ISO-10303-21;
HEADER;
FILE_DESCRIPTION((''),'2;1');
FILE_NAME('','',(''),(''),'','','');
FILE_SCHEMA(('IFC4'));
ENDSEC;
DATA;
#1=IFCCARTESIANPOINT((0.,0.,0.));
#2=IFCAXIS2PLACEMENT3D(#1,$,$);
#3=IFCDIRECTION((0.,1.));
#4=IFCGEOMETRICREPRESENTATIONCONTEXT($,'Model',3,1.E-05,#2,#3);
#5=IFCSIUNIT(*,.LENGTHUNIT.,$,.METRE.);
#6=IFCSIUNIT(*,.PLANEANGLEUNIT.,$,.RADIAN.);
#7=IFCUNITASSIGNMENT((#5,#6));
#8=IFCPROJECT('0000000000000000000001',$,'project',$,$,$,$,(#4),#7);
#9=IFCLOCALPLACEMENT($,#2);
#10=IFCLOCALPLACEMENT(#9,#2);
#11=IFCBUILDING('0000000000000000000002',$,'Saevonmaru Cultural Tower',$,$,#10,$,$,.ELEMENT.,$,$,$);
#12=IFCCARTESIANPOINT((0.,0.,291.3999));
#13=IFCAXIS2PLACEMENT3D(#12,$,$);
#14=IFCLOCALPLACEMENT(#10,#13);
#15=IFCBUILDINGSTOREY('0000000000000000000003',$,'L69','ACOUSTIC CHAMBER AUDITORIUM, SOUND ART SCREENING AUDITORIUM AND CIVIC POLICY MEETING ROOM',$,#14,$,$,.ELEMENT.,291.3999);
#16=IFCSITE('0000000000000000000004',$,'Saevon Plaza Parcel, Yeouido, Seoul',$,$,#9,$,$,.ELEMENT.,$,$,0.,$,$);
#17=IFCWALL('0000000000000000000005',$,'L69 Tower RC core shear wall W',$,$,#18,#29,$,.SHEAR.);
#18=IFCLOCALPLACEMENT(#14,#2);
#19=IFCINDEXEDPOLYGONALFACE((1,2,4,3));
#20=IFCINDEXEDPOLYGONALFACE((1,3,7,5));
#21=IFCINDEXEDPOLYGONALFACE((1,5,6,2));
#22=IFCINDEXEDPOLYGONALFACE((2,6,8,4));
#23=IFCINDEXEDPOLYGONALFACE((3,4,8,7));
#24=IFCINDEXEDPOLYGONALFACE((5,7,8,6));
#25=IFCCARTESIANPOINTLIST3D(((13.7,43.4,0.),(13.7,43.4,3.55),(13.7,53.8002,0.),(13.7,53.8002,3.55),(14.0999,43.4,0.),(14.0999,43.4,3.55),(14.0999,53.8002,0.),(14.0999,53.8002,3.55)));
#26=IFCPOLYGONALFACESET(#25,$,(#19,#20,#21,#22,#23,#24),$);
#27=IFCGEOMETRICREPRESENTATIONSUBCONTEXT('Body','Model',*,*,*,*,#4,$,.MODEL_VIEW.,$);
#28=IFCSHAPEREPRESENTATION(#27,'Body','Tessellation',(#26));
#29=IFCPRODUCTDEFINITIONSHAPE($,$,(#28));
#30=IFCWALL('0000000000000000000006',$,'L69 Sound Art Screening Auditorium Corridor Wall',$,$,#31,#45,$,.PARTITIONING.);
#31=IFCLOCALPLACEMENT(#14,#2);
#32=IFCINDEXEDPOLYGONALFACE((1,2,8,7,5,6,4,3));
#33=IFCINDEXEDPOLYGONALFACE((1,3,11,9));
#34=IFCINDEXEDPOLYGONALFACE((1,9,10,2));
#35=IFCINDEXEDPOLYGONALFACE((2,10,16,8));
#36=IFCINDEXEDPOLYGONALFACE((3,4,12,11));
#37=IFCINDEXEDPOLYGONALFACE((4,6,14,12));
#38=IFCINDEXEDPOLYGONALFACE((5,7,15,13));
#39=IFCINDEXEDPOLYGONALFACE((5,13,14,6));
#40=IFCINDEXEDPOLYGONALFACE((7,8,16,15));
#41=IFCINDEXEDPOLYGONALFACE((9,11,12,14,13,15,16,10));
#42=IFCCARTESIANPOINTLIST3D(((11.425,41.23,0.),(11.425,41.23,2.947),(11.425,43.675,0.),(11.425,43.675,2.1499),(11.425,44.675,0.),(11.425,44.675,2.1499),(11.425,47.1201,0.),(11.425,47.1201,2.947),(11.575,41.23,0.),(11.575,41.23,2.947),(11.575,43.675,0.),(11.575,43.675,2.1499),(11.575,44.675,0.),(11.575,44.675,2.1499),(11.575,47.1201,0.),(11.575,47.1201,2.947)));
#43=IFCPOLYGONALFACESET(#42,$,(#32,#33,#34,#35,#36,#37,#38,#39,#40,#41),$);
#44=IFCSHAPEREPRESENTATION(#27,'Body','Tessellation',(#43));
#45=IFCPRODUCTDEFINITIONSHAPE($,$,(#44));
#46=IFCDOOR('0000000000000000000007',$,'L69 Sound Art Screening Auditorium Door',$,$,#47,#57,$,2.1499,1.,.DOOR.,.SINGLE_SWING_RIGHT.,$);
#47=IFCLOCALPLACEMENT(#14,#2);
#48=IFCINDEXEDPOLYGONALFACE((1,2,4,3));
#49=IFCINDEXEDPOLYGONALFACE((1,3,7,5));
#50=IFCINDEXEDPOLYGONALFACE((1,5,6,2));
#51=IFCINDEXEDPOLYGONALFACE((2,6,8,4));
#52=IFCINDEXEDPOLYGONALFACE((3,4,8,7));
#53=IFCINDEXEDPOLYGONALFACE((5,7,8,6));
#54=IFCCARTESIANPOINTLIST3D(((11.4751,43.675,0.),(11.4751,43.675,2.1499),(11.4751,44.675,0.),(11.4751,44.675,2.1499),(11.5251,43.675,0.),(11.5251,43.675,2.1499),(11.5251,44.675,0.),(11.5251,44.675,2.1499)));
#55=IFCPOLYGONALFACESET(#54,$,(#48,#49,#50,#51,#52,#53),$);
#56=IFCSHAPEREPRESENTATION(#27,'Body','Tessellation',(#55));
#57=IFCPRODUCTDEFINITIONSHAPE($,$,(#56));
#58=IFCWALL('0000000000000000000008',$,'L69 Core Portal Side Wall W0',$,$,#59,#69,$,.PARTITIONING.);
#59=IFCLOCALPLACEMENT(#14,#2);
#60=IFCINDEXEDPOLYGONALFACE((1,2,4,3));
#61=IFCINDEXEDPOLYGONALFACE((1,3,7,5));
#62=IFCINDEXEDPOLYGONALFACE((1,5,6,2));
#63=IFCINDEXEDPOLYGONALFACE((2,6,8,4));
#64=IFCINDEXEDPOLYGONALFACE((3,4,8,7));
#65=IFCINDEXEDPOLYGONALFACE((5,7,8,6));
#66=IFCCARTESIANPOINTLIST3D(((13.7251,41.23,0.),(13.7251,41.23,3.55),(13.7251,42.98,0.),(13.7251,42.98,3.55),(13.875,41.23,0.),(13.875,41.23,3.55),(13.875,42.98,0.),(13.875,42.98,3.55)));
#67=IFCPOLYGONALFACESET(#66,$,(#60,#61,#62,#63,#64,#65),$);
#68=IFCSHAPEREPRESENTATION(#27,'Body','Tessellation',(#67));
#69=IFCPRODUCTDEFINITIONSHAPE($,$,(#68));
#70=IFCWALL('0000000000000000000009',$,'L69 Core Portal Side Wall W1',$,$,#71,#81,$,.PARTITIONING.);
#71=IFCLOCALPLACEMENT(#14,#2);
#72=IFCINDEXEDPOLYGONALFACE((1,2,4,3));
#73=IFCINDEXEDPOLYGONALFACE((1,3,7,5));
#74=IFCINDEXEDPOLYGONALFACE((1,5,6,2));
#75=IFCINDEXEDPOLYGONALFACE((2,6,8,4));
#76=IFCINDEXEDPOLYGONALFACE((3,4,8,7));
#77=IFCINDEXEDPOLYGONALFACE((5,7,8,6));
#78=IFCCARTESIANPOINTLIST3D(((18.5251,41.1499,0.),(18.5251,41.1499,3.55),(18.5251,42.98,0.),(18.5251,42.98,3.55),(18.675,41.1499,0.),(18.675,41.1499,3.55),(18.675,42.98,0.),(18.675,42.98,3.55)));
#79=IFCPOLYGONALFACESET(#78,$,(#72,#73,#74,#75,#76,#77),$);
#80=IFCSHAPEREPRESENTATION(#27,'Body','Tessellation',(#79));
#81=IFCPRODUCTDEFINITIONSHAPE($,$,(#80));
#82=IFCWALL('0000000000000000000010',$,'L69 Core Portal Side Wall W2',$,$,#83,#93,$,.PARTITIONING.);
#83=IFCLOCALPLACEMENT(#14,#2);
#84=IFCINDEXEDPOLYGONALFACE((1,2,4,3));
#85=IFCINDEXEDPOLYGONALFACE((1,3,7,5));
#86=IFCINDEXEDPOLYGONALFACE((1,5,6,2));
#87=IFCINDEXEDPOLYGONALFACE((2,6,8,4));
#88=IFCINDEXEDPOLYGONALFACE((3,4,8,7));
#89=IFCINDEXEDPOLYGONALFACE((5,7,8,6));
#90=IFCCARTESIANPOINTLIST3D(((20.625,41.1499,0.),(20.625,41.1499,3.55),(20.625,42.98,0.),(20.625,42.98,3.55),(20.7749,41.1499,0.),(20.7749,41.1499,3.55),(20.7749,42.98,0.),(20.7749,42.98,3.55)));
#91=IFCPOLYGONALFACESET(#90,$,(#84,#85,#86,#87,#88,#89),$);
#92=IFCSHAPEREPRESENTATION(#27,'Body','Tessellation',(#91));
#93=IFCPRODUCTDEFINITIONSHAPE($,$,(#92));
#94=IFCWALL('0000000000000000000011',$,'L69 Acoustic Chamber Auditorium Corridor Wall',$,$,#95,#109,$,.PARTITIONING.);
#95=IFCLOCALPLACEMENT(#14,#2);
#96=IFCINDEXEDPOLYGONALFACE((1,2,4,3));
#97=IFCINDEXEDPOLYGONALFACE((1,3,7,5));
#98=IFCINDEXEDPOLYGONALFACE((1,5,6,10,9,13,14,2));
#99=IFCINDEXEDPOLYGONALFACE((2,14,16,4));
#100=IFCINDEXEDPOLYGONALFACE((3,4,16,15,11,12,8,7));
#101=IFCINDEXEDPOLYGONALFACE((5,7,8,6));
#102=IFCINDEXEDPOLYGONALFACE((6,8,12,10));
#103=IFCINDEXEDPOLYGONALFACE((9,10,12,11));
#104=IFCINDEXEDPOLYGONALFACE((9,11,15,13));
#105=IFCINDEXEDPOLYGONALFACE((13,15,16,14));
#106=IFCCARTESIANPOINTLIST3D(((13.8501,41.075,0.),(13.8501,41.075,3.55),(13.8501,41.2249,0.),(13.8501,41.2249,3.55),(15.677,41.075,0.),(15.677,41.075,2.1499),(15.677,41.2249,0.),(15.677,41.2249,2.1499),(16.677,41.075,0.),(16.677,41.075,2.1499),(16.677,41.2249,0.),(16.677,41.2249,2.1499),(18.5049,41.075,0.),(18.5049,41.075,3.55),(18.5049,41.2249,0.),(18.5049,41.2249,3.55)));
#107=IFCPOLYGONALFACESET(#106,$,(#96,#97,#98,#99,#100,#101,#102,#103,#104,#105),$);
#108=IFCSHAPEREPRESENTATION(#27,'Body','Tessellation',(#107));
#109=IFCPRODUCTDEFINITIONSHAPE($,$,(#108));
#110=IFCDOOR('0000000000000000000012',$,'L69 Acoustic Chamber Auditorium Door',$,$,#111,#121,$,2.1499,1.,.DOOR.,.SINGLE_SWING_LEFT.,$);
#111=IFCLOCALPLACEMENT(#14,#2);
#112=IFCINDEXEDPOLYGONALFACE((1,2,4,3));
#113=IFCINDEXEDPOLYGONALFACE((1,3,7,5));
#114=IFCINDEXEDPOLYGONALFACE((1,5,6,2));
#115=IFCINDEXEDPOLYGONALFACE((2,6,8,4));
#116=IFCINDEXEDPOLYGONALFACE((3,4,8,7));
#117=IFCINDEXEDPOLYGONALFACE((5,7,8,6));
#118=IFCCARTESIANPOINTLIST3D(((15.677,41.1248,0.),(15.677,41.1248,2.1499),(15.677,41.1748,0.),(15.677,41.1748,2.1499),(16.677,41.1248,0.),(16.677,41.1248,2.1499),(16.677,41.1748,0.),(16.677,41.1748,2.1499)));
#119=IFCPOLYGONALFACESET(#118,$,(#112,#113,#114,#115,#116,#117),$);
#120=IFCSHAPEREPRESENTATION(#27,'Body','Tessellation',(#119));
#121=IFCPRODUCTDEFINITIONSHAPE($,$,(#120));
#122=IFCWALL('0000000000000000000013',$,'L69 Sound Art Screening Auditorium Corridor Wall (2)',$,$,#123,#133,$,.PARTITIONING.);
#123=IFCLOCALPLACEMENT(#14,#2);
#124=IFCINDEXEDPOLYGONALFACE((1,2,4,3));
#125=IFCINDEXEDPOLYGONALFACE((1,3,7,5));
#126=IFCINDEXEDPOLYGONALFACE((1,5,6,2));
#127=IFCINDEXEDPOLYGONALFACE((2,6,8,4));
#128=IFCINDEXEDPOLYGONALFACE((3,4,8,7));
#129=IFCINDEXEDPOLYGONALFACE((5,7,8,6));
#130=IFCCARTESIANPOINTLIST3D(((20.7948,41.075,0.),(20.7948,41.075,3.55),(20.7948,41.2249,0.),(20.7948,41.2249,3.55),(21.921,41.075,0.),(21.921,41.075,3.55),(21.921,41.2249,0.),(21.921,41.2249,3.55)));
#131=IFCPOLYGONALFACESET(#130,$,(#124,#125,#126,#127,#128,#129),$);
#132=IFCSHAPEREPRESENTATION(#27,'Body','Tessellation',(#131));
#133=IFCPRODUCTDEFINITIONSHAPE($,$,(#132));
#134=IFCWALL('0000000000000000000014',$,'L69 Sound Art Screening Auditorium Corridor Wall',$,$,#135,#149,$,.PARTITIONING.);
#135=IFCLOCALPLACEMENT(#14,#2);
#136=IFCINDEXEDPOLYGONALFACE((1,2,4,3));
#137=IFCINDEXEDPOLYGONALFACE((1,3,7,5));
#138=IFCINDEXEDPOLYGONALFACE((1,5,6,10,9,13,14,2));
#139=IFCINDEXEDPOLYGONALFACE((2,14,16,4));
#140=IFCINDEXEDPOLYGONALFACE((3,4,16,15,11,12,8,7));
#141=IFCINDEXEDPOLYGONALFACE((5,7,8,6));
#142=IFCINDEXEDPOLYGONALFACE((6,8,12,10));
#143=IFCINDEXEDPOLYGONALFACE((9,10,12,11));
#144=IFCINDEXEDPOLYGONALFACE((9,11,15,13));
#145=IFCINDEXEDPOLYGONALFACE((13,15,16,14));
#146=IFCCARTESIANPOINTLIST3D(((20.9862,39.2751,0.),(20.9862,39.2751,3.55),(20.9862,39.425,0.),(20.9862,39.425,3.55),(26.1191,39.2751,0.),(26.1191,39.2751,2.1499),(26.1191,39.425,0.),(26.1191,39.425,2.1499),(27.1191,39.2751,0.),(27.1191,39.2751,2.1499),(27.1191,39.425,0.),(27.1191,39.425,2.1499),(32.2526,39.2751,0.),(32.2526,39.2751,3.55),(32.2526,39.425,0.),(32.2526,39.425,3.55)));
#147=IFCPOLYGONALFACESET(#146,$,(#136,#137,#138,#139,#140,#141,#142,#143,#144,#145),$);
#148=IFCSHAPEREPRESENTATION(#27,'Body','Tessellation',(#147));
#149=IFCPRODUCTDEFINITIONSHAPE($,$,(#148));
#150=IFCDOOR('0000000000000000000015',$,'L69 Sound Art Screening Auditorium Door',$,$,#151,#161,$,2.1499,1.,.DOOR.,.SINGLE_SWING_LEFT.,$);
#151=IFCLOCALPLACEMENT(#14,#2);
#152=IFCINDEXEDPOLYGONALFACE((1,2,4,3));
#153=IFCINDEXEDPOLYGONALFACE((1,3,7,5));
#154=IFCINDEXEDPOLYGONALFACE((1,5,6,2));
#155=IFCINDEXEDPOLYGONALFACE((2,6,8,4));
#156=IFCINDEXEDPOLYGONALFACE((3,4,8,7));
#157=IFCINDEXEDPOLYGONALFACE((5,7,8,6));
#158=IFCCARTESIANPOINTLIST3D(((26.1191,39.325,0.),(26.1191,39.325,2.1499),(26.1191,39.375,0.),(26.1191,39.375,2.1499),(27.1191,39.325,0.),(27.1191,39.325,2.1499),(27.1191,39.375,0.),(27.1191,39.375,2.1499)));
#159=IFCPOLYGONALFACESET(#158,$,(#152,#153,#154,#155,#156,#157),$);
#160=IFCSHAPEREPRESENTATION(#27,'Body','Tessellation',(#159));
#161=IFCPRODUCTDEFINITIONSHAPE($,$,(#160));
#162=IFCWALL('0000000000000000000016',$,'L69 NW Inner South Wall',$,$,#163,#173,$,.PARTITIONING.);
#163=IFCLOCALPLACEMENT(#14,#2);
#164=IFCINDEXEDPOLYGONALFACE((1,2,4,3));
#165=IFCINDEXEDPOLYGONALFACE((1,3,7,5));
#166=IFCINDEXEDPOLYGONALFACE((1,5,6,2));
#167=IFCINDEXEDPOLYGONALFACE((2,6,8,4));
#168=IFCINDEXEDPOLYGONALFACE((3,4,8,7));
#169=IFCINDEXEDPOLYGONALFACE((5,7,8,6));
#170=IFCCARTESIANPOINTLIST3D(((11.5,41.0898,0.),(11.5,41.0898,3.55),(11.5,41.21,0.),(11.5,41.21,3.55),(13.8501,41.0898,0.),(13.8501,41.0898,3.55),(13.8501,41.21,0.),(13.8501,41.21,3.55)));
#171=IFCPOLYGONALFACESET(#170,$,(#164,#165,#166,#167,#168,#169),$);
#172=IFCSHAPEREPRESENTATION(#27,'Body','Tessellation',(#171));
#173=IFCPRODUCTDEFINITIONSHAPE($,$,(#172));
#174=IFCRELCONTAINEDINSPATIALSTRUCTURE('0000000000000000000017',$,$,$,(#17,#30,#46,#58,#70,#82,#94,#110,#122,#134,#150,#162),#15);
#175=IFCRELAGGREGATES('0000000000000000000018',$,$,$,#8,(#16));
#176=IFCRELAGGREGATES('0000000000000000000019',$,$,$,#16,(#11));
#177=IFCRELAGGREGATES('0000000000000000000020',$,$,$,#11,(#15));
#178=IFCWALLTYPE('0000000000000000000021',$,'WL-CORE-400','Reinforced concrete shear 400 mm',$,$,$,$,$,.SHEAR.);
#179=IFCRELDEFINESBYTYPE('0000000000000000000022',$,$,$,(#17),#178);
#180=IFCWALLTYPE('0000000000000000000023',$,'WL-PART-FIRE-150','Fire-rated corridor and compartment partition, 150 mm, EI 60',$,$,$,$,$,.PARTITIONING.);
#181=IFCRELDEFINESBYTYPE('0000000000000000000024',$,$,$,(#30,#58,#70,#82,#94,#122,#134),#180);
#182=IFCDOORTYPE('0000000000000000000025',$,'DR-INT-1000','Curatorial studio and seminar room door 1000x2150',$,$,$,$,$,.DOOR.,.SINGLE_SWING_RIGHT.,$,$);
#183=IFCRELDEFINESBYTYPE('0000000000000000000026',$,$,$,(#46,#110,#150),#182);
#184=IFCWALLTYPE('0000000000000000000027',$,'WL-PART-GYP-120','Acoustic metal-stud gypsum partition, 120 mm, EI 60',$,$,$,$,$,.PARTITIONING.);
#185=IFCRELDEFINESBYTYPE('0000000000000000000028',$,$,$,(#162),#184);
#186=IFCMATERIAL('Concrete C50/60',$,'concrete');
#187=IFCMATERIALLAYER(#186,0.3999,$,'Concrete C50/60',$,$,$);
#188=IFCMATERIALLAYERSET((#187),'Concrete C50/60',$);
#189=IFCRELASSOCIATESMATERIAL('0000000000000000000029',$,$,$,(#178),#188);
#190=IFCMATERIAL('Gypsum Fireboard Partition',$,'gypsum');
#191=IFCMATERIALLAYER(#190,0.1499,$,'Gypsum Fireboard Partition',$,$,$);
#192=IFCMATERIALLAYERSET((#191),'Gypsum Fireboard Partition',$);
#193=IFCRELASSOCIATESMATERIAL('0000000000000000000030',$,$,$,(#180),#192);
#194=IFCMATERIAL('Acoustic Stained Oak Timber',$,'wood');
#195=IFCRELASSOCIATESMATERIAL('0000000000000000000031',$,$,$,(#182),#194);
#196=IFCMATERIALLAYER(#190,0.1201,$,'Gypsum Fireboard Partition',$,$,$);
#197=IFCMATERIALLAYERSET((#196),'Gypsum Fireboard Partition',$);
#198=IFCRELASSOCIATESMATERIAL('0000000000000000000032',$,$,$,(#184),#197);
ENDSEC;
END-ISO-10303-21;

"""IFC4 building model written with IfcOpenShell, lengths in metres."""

from ifc_helpers import new_model, si_unit, direction, frame, frame_2d, origin, place, context, subcontext, project, spatial, rectangle, extrude, material, layer, layer_set, type_object, element, fill, save


model = new_model("IFC4")

# Units and contexts
model_context = context("Model", 3, precision=1e-05, world=origin(), true_north=direction((0.0, 1.0)))
body_context = subcontext(model_context, "Body", "Model", "MODEL_VIEW")
ifc_project = project(units=[si_unit("LENGTHUNIT", "METRE"), si_unit("PLANEANGLEUNIT", "RADIAN")], contexts=[model_context])

# Site, building, storey
site_placement = place(None, origin())
site = spatial("IfcSite", under=ifc_project, at=site_placement, Name="Saevon Plaza Parcel, Yeouido, Seoul", CompositionType="ELEMENT", RefElevation=0.0)
building_placement = place(site_placement, origin())
building = spatial("IfcBuilding", under=site, at=building_placement, Name="Saevonmaru Cultural Tower", CompositionType="ELEMENT")
storey_placement = place(building_placement, frame((0.0, 0.0, 291.3999)))
storey = spatial("IfcBuildingStorey", under=building, at=storey_placement, Name="L69", Description="ACOUSTIC CHAMBER AUDITORIUM, SOUND ART SCREENING AUDITORIUM AND CIVIC POLICY MEETING ROOM", CompositionType="ELEMENT", Elevation=291.3999)

# Shared definitions
ifc_material_1 = material(Name="Concrete C50/60", Category="concrete")
ifc_layer_1 = layer(ifc_material_1, 0.3999, Name="Concrete C50/60")
ifc_layer_set_1 = layer_set([ifc_layer_1], Name="Concrete C50/60")
wall_type_1 = type_object("IfcWallType", Name="WL-CORE-400", Description="Reinforced concrete shear 400 mm", PredefinedType="SHEAR", material=ifc_layer_set_1)

# Wall
wall_1_placement = place(storey_placement, frame((13.8999, 43.3999, 0.0), z_axis=(0.0, 0.0, 1.0), x_axis=(0.0, 1.0, 0.0)))
element("IfcWall", 1, at=wall_1_placement, inside=storey, type_object=wall_type_1, Name="L69 Tower RC core shear wall W", PredefinedType="SHEAR", context=body_context, shape_type="SweptSolid", body=[
    extrude(rectangle(XDim=10.4001, YDim=0.3999, at=frame_2d((5.2002, 0.0))), origin(), (0.0, 0.0, 1.0), 3.55),
])

# Wall, opening, door
ifc_material_2 = material(Name="Gypsum Fireboard Partition", Category="gypsum")
ifc_layer_2 = layer(ifc_material_2, 0.1499, Name="Gypsum Fireboard Partition")
ifc_layer_set_2 = layer_set([ifc_layer_2], Name="Gypsum Fireboard Partition")
wall_type_2 = type_object("IfcWallType", Name="WL-PART-FIRE-150", Description="Fire-rated corridor and compartment partition, 150 mm, EI 60", PredefinedType="PARTITIONING", material=ifc_layer_set_2)
wall_2_placement = place(storey_placement, frame((11.5, 41.23, 0.0), z_axis=(0.0, 0.0, 1.0), x_axis=(0.0, 1.0, 0.0)))
wall_2 = element("IfcWall", 2, at=wall_2_placement, inside=storey, type_object=wall_type_2, Name="L69 Sound Art Screening Auditorium Corridor Wall", PredefinedType="PARTITIONING", context=body_context, shape_type="SweptSolid", body=[
    extrude(rectangle(XDim=5.8901, YDim=0.1499, at=frame_2d((2.9451, 0.0))), origin(), (0.0, 0.0, 1.0), 2.947),
])
opening_1_placement = place(wall_2_placement, frame((2.4451, 0.0, 0.0)))
opening_1 = element("IfcOpeningElement", 3, at=opening_1_placement, cuts=wall_2, PredefinedType="OPENING", context=body_context, shape_type="SweptSolid", body=[
    extrude(rectangle(XDim=1.0, YDim=2.1499, at=frame_2d((0.5, 1.075))), frame((0.0, 0.085, 0.0), z_axis=(0.0, -1.0, 0.0), x_axis=(1.0, 0.0, 0.0)), (0.0, 0.0, 1.0), 0.1699),
])
ifc_material_3 = material(Name="Acoustic Stained Oak Timber", Category="wood")
door_type_1 = type_object("IfcDoorType", Name="DR-INT-1000", Description="Curatorial studio and seminar room door 1000x2150", OperationType="SINGLE_SWING_RIGHT", PredefinedType="DOOR", material=ifc_material_3)
door_1_placement = place(opening_1_placement, origin())
door_1 = element("IfcDoor", 4, at=door_1_placement, inside=storey, type_object=door_type_1, Name="L69 Sound Art Screening Auditorium Door", OperationType="SINGLE_SWING_RIGHT", OverallHeight=2.1499, OverallWidth=1.0, PredefinedType="DOOR", context=body_context, shape_type="SweptSolid", body=[
    extrude(rectangle(XDim=1.0, YDim=2.1499, at=frame_2d((0.5, 1.075))), frame((0.0, 0.0249, 0.0), z_axis=(0.0, -1.0, 0.0), x_axis=(1.0, 0.0, 0.0)), (0.0, 0.0, 1.0), 0.05),
])
fill(opening_1, door_1)

# Walls
wall_3_placement = place(storey_placement, frame((13.8, 41.23, 0.0), z_axis=(0.0, 0.0, 1.0), x_axis=(0.0, 1.0, 0.0)))
element("IfcWall", 5, at=wall_3_placement, inside=storey, type_object=wall_type_2, Name="L69 Core Portal Side Wall W0", PredefinedType="PARTITIONING", context=body_context, shape_type="SweptSolid", body=[
    extrude(rectangle(XDim=1.75, YDim=0.1499, at=frame_2d((0.875, 0.0))), origin(), (0.0, 0.0, 1.0), 3.55),
])
for number, where, z_axis, x_axis, name in (
    (6, (18.6001, 41.1499, 0.0), (0.0, 0.0, 1.0), (0.0, 1.0, 0.0), "L69 Core Portal Side Wall W1"),
    (7, (20.7, 41.1499, 0.0), (0.0, 0.0, 1.0), (0.0, 1.0, 0.0), "L69 Core Portal Side Wall W2"),
):
    element("IfcWall", number, at=place(storey_placement, frame(where, z_axis=z_axis, x_axis=x_axis)), inside=storey, type_object=wall_type_2, Name=name, PredefinedType="PARTITIONING", context=body_context, shape_type="SweptSolid", body=[
        extrude(rectangle(XDim=1.8301, YDim=0.1499, at=frame_2d((0.915, 0.0))), origin(), (0.0, 0.0, 1.0), 3.55),
    ])

# Wall, opening, door
wall_4_placement = place(storey_placement, frame((13.8501, 41.1499, 0.0), z_axis=(0.0, 0.0, 1.0), x_axis=(1.0, 0.0, 0.0)))
wall_4 = element("IfcWall", 8, at=wall_4_placement, inside=storey, type_object=wall_type_2, Name="L69 Acoustic Chamber Auditorium Corridor Wall", PredefinedType="PARTITIONING", context=body_context, shape_type="SweptSolid", body=[
    extrude(rectangle(XDim=4.6548, YDim=0.1499, at=frame_2d((2.3274, 0.0))), origin(), (0.0, 0.0, 1.0), 3.55),
])
opening_2_placement = place(wall_4_placement, frame((1.8269, 0.0, 0.0)))
opening_2 = element("IfcOpeningElement", 9, at=opening_2_placement, cuts=wall_4, PredefinedType="OPENING", context=body_context, shape_type="SweptSolid", body=[
    extrude(rectangle(XDim=1.0, YDim=2.1499, at=frame_2d((0.5, 1.075))), frame((0.0, 0.085, 0.0), z_axis=(0.0, -1.0, 0.0), x_axis=(1.0, 0.0, 0.0)), (0.0, 0.0, 1.0), 0.1699),
])
door_2_placement = place(opening_2_placement, origin())
door_2 = element("IfcDoor", 10, at=door_2_placement, inside=storey, type_object=door_type_1, Name="L69 Acoustic Chamber Auditorium Door", OperationType="SINGLE_SWING_LEFT", OverallHeight=2.1499, OverallWidth=1.0, PredefinedType="DOOR", context=body_context, shape_type="SweptSolid", body=[
    extrude(rectangle(XDim=1.0, YDim=2.1499, at=frame_2d((0.5, 1.075))), frame((0.0, 0.0249, 0.0), z_axis=(0.0, -1.0, 0.0), x_axis=(1.0, 0.0, 0.0)), (0.0, 0.0, 1.0), 0.05),
])
fill(opening_2, door_2)

# Wall
wall_5_placement = place(storey_placement, frame((20.7949, 41.1499, 0.0), z_axis=(0.0, 0.0, 1.0), x_axis=(1.0, 0.0, 0.0)))
element("IfcWall", 11, at=wall_5_placement, inside=storey, type_object=wall_type_2, Name="L69 Sound Art Screening Auditorium Corridor Wall (2)", PredefinedType="PARTITIONING", context=body_context, shape_type="SweptSolid", body=[
    extrude(rectangle(XDim=1.1262, YDim=0.1499, at=frame_2d((0.563, 0.0))), origin(), (0.0, 0.0, 1.0), 3.55),
])

# Wall, opening, door
wall_6_placement = place(storey_placement, frame((20.9861, 39.3501, 0.0), z_axis=(0.0, 0.0, 1.0), x_axis=(1.0, 0.0, 0.0)))
wall_6 = element("IfcWall", 12, at=wall_6_placement, inside=storey, type_object=wall_type_2, Name="L69 Sound Art Screening Auditorium Corridor Wall", PredefinedType="PARTITIONING", context=body_context, shape_type="SweptSolid", body=[
    extrude(rectangle(XDim=11.2664, YDim=0.1499, at=frame_2d((5.6333, 0.0))), origin(), (0.0, 0.0, 1.0), 3.55),
])
opening_3_placement = place(wall_6_placement, frame((5.1331, 0.0, 0.0)))
opening_3 = element("IfcOpeningElement", 13, at=opening_3_placement, cuts=wall_6, PredefinedType="OPENING", context=body_context, shape_type="SweptSolid", body=[
    extrude(rectangle(XDim=1.0, YDim=2.1499, at=frame_2d((0.5, 1.075))), frame((0.0, 0.085, 0.0), z_axis=(0.0, -1.0, 0.0), x_axis=(1.0, 0.0, 0.0)), (0.0, 0.0, 1.0), 0.1699),
])
door_3_placement = place(opening_3_placement, origin())
door_3 = element("IfcDoor", 14, at=door_3_placement, inside=storey, type_object=door_type_1, Name="L69 Sound Art Screening Auditorium Door", OperationType="SINGLE_SWING_LEFT", OverallHeight=2.1499, OverallWidth=1.0, PredefinedType="DOOR", context=body_context, shape_type="SweptSolid", body=[
    extrude(rectangle(XDim=1.0, YDim=2.1499, at=frame_2d((0.5, 1.075))), frame((0.0, 0.0249, 0.0), z_axis=(0.0, -1.0, 0.0), x_axis=(1.0, 0.0, 0.0)), (0.0, 0.0, 1.0), 0.05),
])
fill(opening_3, door_3)

# Wall
ifc_layer_3 = layer(ifc_material_2, 0.1201, Name="Gypsum Fireboard Partition")
ifc_layer_set_3 = layer_set([ifc_layer_3], Name="Gypsum Fireboard Partition")
wall_type_3 = type_object("IfcWallType", Name="WL-PART-GYP-120", Description="Acoustic metal-stud gypsum partition, 120 mm, EI 60", PredefinedType="PARTITIONING", material=ifc_layer_set_3)
wall_7_placement = place(storey_placement, frame((11.5, 41.1499, 0.0), z_axis=(0.0, 0.0, 1.0), x_axis=(1.0, 0.0, 0.0)))
element("IfcWall", 15, at=wall_7_placement, inside=storey, type_object=wall_type_3, Name="L69 NW Inner South Wall", PredefinedType="PARTITIONING", context=body_context, shape_type="SweptSolid", body=[
    extrude(rectangle(XDim=2.3501, YDim=0.1201, at=frame_2d((1.175, 0.0))), origin(), (0.0, 0.0, 1.0), 3.55),
])

save(model, "model.ifc")
